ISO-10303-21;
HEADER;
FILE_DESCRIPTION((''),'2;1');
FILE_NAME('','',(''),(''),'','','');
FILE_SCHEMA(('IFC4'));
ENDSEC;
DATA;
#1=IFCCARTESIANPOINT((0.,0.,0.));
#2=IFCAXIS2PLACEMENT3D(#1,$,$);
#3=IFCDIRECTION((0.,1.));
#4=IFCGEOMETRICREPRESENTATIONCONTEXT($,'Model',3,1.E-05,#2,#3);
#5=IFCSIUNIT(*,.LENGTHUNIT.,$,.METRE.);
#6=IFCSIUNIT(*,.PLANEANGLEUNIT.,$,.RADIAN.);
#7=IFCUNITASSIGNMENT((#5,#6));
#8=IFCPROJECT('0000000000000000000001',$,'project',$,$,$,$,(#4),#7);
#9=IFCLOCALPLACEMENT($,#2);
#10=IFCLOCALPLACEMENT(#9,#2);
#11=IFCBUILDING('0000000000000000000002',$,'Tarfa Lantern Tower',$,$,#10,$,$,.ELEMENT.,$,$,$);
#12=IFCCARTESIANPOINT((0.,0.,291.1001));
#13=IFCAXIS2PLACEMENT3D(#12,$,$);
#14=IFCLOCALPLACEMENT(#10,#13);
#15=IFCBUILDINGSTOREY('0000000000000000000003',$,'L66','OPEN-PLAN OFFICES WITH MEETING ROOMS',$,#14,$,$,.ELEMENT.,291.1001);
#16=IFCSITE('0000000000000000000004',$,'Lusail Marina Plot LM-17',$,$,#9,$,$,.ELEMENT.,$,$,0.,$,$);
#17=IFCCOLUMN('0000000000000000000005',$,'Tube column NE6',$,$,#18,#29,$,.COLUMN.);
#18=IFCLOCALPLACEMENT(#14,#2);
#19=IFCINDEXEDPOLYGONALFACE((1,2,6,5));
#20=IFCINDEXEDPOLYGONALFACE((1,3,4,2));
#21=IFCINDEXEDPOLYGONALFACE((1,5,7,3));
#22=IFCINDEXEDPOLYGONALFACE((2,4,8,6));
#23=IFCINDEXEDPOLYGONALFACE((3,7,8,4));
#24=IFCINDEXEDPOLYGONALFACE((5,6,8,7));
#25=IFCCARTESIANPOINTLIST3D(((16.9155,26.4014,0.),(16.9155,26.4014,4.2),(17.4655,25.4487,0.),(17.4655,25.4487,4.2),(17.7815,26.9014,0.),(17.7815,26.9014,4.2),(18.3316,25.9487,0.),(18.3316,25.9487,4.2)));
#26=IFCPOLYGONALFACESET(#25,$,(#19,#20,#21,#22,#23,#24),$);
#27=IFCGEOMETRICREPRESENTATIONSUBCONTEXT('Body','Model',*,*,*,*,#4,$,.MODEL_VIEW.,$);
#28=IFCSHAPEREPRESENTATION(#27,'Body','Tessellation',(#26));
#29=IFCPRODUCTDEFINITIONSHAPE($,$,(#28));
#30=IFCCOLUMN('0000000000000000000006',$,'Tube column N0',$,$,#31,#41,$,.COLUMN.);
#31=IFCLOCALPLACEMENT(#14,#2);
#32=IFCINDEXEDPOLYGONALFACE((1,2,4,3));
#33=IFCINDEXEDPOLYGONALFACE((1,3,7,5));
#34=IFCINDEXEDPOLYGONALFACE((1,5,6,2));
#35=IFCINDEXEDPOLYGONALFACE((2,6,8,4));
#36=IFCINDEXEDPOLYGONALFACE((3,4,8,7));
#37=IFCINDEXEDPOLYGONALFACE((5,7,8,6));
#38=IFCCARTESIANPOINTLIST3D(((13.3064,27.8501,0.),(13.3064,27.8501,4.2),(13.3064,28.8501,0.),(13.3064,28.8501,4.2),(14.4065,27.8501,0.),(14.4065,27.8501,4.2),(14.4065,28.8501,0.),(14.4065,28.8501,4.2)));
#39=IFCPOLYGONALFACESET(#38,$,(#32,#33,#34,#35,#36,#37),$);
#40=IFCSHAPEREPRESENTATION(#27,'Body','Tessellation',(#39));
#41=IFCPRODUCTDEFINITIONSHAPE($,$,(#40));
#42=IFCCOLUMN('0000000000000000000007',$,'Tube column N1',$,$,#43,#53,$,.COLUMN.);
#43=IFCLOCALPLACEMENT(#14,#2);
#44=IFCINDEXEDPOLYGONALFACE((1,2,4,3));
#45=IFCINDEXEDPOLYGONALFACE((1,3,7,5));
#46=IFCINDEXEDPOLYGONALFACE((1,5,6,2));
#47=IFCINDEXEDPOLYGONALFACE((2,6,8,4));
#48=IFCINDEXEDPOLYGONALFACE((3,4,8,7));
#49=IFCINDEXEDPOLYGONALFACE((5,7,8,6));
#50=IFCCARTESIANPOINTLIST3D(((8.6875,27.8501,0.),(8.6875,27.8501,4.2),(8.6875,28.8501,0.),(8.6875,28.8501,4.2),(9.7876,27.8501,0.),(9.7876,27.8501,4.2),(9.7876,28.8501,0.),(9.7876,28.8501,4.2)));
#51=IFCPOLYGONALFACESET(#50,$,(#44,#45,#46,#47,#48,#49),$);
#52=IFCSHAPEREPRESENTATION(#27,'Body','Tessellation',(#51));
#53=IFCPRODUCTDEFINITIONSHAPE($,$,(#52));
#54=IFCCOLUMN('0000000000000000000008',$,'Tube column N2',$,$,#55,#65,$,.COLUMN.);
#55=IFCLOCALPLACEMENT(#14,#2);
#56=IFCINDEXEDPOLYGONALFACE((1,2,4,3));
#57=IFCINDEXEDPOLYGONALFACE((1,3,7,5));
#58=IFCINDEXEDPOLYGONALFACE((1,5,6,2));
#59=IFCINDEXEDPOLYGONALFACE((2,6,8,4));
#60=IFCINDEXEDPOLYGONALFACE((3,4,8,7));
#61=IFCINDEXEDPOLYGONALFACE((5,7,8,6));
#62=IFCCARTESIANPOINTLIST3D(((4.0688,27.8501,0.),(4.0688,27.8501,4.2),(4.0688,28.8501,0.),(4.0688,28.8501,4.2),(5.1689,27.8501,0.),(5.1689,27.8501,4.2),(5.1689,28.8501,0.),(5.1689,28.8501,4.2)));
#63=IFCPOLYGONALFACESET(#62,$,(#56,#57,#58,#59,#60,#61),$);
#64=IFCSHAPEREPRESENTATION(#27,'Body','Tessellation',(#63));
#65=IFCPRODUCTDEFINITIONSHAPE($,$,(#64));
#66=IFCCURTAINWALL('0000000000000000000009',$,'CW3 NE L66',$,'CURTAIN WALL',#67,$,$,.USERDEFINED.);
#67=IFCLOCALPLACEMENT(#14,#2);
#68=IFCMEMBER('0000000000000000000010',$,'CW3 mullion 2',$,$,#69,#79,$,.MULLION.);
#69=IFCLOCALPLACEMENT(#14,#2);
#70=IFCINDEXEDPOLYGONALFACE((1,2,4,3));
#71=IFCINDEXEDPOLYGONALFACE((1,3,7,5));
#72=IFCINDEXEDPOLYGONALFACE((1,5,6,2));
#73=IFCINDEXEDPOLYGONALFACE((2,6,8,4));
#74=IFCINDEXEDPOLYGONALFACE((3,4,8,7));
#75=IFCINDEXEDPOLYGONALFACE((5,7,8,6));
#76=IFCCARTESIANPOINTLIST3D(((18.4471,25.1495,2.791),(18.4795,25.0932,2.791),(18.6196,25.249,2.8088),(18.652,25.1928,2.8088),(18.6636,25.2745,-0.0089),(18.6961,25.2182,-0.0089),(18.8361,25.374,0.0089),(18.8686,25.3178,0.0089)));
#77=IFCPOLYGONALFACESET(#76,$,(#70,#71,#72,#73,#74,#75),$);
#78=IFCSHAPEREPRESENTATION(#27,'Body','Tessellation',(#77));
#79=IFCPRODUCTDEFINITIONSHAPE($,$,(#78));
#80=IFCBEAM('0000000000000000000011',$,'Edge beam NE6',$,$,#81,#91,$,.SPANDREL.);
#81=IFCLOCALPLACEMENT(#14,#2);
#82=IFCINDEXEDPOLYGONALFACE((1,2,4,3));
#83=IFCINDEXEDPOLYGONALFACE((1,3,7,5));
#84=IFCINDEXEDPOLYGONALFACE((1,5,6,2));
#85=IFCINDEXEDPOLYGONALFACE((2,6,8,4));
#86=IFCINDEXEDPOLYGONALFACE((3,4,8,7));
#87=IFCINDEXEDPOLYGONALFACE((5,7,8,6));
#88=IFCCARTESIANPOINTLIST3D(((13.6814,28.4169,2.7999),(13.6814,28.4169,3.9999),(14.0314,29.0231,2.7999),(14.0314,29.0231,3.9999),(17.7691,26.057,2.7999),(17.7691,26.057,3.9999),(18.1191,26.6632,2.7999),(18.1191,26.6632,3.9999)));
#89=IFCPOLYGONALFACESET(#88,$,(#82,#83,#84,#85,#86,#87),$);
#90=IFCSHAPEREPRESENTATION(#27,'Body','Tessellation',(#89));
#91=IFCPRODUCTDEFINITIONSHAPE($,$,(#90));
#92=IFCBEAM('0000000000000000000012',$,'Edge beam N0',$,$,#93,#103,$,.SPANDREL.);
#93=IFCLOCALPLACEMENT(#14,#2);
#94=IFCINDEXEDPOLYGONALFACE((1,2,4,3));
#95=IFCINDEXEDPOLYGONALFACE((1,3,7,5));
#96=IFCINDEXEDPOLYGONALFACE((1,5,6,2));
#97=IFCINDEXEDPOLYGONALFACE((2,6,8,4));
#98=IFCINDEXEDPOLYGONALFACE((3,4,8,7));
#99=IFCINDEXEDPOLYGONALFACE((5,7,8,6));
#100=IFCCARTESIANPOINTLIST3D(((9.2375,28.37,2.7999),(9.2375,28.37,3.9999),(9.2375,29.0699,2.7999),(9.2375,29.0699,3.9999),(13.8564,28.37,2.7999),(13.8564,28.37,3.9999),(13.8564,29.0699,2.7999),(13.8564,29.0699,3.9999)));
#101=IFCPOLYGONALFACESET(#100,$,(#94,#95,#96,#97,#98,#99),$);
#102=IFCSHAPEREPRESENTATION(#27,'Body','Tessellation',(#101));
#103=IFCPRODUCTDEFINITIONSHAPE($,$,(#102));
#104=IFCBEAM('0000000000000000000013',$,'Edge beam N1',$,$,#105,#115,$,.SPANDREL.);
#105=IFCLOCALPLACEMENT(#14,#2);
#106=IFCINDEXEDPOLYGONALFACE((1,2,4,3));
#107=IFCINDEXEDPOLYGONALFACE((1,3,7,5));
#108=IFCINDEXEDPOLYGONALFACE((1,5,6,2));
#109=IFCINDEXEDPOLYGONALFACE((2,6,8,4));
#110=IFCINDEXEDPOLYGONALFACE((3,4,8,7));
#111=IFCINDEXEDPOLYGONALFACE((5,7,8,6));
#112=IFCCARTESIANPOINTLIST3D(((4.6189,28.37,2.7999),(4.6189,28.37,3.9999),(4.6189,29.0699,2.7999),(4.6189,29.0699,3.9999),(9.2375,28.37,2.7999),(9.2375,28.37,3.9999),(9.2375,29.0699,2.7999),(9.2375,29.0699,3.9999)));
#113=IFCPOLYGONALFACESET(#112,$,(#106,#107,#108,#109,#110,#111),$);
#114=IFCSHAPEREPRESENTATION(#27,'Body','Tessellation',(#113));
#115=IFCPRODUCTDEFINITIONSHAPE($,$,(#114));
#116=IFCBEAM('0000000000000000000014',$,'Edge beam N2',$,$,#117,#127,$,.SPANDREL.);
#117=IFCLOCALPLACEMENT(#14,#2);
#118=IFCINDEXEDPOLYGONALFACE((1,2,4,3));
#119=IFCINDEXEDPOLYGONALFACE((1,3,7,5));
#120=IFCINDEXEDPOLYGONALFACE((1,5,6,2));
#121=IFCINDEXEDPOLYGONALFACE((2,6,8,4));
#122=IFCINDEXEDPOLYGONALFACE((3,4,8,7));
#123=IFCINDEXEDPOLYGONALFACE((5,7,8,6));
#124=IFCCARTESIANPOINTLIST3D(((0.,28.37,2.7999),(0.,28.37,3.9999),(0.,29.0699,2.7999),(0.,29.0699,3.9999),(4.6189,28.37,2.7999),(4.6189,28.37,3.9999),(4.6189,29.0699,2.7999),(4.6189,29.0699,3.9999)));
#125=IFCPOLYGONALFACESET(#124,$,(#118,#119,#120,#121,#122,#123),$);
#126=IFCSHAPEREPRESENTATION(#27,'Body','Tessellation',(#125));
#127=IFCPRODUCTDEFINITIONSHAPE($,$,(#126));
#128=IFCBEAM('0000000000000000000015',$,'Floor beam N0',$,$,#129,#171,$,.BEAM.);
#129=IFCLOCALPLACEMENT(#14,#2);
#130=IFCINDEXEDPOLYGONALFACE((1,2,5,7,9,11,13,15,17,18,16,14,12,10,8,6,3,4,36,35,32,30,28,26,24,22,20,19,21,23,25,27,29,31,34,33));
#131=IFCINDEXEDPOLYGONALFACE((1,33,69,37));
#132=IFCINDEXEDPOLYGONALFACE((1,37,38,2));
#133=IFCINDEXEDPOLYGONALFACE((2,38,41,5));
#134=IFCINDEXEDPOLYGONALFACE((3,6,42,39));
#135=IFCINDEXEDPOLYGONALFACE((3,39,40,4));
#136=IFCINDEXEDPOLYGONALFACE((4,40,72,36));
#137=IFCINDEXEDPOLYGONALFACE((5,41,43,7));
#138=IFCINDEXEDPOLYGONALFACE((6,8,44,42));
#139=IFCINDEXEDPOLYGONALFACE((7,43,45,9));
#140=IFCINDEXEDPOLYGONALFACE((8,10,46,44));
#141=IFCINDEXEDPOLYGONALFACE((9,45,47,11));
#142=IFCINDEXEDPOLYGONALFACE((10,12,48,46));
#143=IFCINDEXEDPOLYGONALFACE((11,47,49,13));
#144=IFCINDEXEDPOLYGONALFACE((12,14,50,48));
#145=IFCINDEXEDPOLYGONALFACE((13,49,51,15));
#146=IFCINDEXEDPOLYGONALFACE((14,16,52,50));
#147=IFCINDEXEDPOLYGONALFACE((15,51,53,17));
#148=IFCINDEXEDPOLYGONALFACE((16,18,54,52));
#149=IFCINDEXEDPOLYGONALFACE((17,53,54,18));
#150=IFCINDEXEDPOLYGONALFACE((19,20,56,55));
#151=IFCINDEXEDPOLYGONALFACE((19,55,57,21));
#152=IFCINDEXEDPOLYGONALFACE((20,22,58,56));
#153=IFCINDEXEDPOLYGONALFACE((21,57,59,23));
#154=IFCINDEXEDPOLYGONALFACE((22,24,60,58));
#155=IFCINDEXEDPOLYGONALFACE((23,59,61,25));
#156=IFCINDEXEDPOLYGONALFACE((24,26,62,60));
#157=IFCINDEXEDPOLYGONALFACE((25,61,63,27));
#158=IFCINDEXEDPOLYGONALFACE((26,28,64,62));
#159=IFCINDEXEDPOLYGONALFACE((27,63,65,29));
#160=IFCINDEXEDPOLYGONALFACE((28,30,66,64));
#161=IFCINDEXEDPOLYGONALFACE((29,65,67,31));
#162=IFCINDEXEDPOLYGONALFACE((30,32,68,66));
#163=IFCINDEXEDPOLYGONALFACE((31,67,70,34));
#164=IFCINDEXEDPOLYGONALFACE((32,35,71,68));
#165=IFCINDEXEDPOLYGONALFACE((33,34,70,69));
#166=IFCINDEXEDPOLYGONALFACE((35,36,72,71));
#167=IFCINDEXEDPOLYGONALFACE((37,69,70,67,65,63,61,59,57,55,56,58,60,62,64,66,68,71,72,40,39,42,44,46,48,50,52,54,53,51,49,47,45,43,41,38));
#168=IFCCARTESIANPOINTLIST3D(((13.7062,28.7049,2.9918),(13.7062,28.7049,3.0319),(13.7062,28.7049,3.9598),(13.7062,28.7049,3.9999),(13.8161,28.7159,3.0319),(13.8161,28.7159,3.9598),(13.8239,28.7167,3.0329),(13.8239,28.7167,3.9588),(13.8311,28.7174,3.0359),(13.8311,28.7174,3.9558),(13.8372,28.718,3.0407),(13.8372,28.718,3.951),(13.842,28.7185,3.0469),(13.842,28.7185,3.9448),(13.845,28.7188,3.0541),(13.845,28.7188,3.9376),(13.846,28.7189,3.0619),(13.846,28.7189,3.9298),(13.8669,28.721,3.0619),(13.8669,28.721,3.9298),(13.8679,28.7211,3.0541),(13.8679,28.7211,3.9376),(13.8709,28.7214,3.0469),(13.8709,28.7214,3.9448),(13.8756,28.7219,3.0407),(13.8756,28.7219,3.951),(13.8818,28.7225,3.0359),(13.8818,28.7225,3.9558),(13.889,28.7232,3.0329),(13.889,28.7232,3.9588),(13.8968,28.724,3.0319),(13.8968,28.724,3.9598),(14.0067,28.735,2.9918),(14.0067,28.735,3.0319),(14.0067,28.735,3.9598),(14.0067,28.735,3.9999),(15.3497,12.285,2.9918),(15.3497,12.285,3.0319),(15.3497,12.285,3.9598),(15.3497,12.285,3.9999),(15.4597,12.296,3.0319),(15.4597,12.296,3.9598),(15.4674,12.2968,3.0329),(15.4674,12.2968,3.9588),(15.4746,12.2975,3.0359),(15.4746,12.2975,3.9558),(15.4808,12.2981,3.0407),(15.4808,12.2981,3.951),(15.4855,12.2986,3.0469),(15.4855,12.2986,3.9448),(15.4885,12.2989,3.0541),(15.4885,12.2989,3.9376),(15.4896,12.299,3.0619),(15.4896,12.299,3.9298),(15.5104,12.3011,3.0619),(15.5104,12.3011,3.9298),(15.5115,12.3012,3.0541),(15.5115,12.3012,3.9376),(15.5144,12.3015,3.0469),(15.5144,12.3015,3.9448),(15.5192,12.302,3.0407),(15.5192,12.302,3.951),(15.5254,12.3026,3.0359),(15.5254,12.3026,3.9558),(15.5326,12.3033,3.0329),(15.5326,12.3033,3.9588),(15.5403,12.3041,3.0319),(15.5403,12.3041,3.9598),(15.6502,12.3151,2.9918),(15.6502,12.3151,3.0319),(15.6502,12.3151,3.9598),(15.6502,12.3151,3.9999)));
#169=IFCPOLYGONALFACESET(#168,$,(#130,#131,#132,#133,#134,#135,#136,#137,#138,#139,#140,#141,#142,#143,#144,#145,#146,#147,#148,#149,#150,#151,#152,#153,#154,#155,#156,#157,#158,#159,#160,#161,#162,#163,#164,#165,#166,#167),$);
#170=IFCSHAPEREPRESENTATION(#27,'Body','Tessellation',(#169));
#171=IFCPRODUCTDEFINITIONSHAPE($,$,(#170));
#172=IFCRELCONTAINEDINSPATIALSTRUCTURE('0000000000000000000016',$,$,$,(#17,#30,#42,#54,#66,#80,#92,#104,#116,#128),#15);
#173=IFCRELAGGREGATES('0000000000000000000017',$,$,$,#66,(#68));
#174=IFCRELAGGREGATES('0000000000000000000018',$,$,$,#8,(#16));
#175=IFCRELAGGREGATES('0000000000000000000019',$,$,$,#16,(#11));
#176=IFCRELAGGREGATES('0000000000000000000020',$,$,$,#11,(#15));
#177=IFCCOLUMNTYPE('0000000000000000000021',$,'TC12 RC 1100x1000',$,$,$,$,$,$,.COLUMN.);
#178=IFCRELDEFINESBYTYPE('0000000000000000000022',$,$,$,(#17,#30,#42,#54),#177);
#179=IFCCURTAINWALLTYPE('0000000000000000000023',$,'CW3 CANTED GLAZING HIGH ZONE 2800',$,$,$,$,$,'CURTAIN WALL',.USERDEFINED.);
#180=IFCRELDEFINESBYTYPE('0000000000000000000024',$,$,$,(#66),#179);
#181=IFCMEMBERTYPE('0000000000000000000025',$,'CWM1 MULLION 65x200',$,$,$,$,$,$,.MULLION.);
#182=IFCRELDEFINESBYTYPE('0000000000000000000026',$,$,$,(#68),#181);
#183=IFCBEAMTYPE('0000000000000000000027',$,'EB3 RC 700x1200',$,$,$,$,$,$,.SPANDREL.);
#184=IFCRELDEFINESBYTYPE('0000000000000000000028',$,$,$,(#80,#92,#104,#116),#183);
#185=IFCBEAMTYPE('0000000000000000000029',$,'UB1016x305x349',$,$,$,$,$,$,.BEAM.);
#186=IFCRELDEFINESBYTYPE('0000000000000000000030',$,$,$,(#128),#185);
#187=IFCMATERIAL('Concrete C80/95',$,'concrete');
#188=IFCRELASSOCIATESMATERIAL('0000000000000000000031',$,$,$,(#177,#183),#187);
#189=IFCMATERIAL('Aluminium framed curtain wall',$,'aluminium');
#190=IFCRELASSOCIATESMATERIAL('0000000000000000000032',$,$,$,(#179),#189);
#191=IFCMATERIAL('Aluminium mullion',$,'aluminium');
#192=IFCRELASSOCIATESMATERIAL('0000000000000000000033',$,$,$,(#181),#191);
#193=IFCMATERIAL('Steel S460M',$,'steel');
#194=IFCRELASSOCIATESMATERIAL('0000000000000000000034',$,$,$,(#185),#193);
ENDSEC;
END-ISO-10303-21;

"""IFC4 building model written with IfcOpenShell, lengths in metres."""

from ifc_helpers import new_model, si_unit, direction, frame, origin, origin_2d, place, context, subcontext, project, spatial, rectangle, i_section, extrude, material, material_profile, profile_set, type_object, element, aggregate, save


model = new_model("IFC4")

# Units and contexts
model_context = context("Model", 3, precision=1e-05, world=origin(), true_north=direction((0.0, 1.0)))
body_context = subcontext(model_context, "Body", "Model", "MODEL_VIEW")
ifc_project = project(units=[si_unit("LENGTHUNIT", "METRE"), si_unit("PLANEANGLEUNIT", "RADIAN")], contexts=[model_context])

# Site, building, storey
site_placement = place(None, origin())
site = spatial("IfcSite", under=ifc_project, at=site_placement, Name="Lusail Marina Plot LM-17", CompositionType="ELEMENT", RefElevation=0.0)
building_placement = place(site_placement, origin())
building = spatial("IfcBuilding", under=site, at=building_placement, Name="Tarfa Lantern Tower", CompositionType="ELEMENT")
storey_placement = place(building_placement, frame((0.0, 0.0, 291.1001)))
storey = spatial("IfcBuildingStorey", under=building, at=storey_placement, Name="L66", Description="OPEN-PLAN OFFICES WITH MEETING ROOMS", CompositionType="ELEMENT", Elevation=291.1001)

# Columns
ifc_material_1 = material(Name="Concrete C80/95", Category="concrete")
ifc_material_profile_1 = material_profile(ifc_material_1, rectangle(XDim=1.1001, YDim=1.0, at=origin_2d()), Name="RC 1100x1000")
ifc_profile_set_1 = profile_set([ifc_material_profile_1], Name="Concrete C80/95")
column_type = type_object("IfcColumnType", Name="TC12 RC 1100x1000", PredefinedType="COLUMN", material=ifc_profile_set_1)
for number, where, z_axis, x_axis, name in (
    (1, (17.6235, 26.175, 0.0), (0.0, 0.0, 1.0), (-0.5, 0.866025, 0.0), "Tube column NE6"),
    (2, (13.8564, 28.3501, 0.0), (0.0, 0.0, 1.0), (-1.0, 0.0, 0.0), "Tube column N0"),
    (3, (9.2375, 28.3501, 0.0), (0.0, 0.0, 1.0), (-1.0, 0.0, 0.0), "Tube column N1"),
    (4, (4.6189, 28.3501, 0.0), (0.0, 0.0, 1.0), (-1.0, 0.0, 0.0), "Tube column N2"),
):
    element("IfcColumn", number, at=place(storey_placement, frame(where, z_axis=z_axis, x_axis=x_axis)), inside=storey, type_object=column_type, Name=name, PredefinedType="COLUMN", context=body_context, shape_type="SweptSolid", body=[
        extrude(rectangle(XDim=1.1001, YDim=1.0, at=origin_2d()), origin(), (0.0, 0.0, 1.0), 4.2),
    ])

# Curtain wall, member
ifc_material_2 = material(Name="Aluminium framed curtain wall", Category="aluminium")
curtain_wall_type = type_object("IfcCurtainWallType", Name="CW3 CANTED GLAZING HIGH ZONE 2800", ElementType="CURTAIN WALL", PredefinedType="USERDEFINED", material=ifc_material_2)
curtain_wall_placement = place(storey_placement, origin())
curtain_wall = element("IfcCurtainWall", 5, at=curtain_wall_placement, inside=storey, type_object=curtain_wall_type, Name="CW3 NE L66", ObjectType="CURTAIN WALL", PredefinedType="USERDEFINED")
ifc_material_3 = material(Name="Aluminium mullion", Category="aluminium")
ifc_material_profile_2 = material_profile(ifc_material_3, rectangle(XDim=0.0649, YDim=0.2, at=origin_2d()), Name="AL MULLION 65x200")
ifc_profile_set_2 = profile_set([ifc_material_profile_2], Name="Aluminium mullion")
member_type = type_object("IfcMemberType", Name="CWM1 MULLION 65x200", PredefinedType="MULLION", material=ifc_profile_set_2)
member_placement = place(storey_placement, frame((18.7661, 25.2961, 0.0), z_axis=(-0.077039, -0.044469, 0.996036), x_axis=(0.49992, -0.866072, 0.0)))
member = element("IfcMember", 6, at=member_placement, type_object=member_type, Name="CW3 mullion 2", PredefinedType="MULLION", context=body_context, shape_type="SweptSolid", body=[
    extrude(rectangle(XDim=0.0649, YDim=0.2, at=origin_2d()), origin(), (0.0, 0.0, 1.0), 2.811),
])

# Beams
ifc_material_profile_3 = material_profile(ifc_material_1, rectangle(XDim=0.7, YDim=1.2, at=origin_2d()), Name="RC 700x1200")
ifc_profile_set_3 = profile_set([ifc_material_profile_3], Name="Concrete C80/95")
beam_type_1 = type_object("IfcBeamType", Name="EB3 RC 700x1200", PredefinedType="SPANDREL", material=ifc_profile_set_3)
beam_1_placement = place(storey_placement, frame((17.9441, 26.3601, 3.3999), z_axis=(-0.866038, 0.499978, 0.0), x_axis=(-0.499978, -0.866038, 0.0)))
element("IfcBeam", 7, at=beam_1_placement, inside=storey, type_object=beam_type_1, Name="Edge beam NE6", PredefinedType="SPANDREL", context=body_context, shape_type="SweptSolid", body=[
    extrude(rectangle(XDim=0.7, YDim=1.2, at=origin_2d()), origin(), (0.0, 0.0, 1.0), 4.72),
])
beam_2_placement = place(storey_placement, frame((13.8564, 28.72, 3.3999), z_axis=(-1.0, 0.0, 0.0), x_axis=(0.0, -1.0, 0.0)))
element("IfcBeam", 8, at=beam_2_placement, inside=storey, type_object=beam_type_1, Name="Edge beam N0", PredefinedType="SPANDREL", context=body_context, shape_type="SweptSolid", body=[
    extrude(rectangle(XDim=0.7, YDim=1.2, at=origin_2d()), origin(), (0.0, 0.0, 1.0), 4.6189),
])
beam_3_placement = place(storey_placement, frame((9.2375, 28.72, 3.3999), z_axis=(-1.0, 0.0, 0.0), x_axis=(0.0, -1.0, 0.0)))
element("IfcBeam", 9, at=beam_3_placement, inside=storey, type_object=beam_type_1, Name="Edge beam N1", PredefinedType="SPANDREL", context=body_context, shape_type="SweptSolid", body=[
    extrude(rectangle(XDim=0.7, YDim=1.2, at=origin_2d()), origin(), (0.0, 0.0, 1.0), 4.6187),
])
beam_4_placement = place(storey_placement, frame((4.6189, 28.72, 3.3999), z_axis=(-1.0, 0.0, 0.0), x_axis=(0.0, -1.0, 0.0)))
element("IfcBeam", 10, at=beam_4_placement, inside=storey, type_object=beam_type_1, Name="Edge beam N2", PredefinedType="SPANDREL", context=body_context, shape_type="SweptSolid", body=[
    extrude(rectangle(XDim=0.7, YDim=1.2, at=origin_2d()), origin(), (0.0, 0.0, 1.0), 4.6189),
])
ifc_material_4 = material(Name="Steel S460M", Category="steel")
ifc_material_profile_4 = material_profile(ifc_material_4, i_section(OverallWidth=0.302, OverallDepth=1.0081, WebThickness=0.021, FlangeThickness=0.04, FilletRadius=0.03, at=origin_2d()), Name="UB1016x305x349")
ifc_profile_set_4 = profile_set([ifc_material_profile_4], Name="Steel S460M")
beam_type_2 = type_object("IfcBeamType", Name="UB1016x305x349", PredefinedType="BEAM", material=ifc_profile_set_4)
beam_5_placement = place(storey_placement, frame((13.8564, 28.72, 3.4958), z_axis=(0.099597, -0.995028, 0.0), x_axis=(0.995028, 0.099597, 0.0)))
element("IfcBeam", 11, at=beam_5_placement, inside=storey, type_object=beam_type_2, Name="Floor beam N0", PredefinedType="BEAM", context=body_context, shape_type="SweptSolid", body=[
    extrude(i_section(OverallWidth=0.302, OverallDepth=1.0081, WebThickness=0.021, FlangeThickness=0.04, FilletRadius=0.03, at=origin_2d()), origin(), (0.0, 0.0, 1.0), 16.502),
])

aggregate(curtain_wall, [member])

save(model, "model.ifc")
